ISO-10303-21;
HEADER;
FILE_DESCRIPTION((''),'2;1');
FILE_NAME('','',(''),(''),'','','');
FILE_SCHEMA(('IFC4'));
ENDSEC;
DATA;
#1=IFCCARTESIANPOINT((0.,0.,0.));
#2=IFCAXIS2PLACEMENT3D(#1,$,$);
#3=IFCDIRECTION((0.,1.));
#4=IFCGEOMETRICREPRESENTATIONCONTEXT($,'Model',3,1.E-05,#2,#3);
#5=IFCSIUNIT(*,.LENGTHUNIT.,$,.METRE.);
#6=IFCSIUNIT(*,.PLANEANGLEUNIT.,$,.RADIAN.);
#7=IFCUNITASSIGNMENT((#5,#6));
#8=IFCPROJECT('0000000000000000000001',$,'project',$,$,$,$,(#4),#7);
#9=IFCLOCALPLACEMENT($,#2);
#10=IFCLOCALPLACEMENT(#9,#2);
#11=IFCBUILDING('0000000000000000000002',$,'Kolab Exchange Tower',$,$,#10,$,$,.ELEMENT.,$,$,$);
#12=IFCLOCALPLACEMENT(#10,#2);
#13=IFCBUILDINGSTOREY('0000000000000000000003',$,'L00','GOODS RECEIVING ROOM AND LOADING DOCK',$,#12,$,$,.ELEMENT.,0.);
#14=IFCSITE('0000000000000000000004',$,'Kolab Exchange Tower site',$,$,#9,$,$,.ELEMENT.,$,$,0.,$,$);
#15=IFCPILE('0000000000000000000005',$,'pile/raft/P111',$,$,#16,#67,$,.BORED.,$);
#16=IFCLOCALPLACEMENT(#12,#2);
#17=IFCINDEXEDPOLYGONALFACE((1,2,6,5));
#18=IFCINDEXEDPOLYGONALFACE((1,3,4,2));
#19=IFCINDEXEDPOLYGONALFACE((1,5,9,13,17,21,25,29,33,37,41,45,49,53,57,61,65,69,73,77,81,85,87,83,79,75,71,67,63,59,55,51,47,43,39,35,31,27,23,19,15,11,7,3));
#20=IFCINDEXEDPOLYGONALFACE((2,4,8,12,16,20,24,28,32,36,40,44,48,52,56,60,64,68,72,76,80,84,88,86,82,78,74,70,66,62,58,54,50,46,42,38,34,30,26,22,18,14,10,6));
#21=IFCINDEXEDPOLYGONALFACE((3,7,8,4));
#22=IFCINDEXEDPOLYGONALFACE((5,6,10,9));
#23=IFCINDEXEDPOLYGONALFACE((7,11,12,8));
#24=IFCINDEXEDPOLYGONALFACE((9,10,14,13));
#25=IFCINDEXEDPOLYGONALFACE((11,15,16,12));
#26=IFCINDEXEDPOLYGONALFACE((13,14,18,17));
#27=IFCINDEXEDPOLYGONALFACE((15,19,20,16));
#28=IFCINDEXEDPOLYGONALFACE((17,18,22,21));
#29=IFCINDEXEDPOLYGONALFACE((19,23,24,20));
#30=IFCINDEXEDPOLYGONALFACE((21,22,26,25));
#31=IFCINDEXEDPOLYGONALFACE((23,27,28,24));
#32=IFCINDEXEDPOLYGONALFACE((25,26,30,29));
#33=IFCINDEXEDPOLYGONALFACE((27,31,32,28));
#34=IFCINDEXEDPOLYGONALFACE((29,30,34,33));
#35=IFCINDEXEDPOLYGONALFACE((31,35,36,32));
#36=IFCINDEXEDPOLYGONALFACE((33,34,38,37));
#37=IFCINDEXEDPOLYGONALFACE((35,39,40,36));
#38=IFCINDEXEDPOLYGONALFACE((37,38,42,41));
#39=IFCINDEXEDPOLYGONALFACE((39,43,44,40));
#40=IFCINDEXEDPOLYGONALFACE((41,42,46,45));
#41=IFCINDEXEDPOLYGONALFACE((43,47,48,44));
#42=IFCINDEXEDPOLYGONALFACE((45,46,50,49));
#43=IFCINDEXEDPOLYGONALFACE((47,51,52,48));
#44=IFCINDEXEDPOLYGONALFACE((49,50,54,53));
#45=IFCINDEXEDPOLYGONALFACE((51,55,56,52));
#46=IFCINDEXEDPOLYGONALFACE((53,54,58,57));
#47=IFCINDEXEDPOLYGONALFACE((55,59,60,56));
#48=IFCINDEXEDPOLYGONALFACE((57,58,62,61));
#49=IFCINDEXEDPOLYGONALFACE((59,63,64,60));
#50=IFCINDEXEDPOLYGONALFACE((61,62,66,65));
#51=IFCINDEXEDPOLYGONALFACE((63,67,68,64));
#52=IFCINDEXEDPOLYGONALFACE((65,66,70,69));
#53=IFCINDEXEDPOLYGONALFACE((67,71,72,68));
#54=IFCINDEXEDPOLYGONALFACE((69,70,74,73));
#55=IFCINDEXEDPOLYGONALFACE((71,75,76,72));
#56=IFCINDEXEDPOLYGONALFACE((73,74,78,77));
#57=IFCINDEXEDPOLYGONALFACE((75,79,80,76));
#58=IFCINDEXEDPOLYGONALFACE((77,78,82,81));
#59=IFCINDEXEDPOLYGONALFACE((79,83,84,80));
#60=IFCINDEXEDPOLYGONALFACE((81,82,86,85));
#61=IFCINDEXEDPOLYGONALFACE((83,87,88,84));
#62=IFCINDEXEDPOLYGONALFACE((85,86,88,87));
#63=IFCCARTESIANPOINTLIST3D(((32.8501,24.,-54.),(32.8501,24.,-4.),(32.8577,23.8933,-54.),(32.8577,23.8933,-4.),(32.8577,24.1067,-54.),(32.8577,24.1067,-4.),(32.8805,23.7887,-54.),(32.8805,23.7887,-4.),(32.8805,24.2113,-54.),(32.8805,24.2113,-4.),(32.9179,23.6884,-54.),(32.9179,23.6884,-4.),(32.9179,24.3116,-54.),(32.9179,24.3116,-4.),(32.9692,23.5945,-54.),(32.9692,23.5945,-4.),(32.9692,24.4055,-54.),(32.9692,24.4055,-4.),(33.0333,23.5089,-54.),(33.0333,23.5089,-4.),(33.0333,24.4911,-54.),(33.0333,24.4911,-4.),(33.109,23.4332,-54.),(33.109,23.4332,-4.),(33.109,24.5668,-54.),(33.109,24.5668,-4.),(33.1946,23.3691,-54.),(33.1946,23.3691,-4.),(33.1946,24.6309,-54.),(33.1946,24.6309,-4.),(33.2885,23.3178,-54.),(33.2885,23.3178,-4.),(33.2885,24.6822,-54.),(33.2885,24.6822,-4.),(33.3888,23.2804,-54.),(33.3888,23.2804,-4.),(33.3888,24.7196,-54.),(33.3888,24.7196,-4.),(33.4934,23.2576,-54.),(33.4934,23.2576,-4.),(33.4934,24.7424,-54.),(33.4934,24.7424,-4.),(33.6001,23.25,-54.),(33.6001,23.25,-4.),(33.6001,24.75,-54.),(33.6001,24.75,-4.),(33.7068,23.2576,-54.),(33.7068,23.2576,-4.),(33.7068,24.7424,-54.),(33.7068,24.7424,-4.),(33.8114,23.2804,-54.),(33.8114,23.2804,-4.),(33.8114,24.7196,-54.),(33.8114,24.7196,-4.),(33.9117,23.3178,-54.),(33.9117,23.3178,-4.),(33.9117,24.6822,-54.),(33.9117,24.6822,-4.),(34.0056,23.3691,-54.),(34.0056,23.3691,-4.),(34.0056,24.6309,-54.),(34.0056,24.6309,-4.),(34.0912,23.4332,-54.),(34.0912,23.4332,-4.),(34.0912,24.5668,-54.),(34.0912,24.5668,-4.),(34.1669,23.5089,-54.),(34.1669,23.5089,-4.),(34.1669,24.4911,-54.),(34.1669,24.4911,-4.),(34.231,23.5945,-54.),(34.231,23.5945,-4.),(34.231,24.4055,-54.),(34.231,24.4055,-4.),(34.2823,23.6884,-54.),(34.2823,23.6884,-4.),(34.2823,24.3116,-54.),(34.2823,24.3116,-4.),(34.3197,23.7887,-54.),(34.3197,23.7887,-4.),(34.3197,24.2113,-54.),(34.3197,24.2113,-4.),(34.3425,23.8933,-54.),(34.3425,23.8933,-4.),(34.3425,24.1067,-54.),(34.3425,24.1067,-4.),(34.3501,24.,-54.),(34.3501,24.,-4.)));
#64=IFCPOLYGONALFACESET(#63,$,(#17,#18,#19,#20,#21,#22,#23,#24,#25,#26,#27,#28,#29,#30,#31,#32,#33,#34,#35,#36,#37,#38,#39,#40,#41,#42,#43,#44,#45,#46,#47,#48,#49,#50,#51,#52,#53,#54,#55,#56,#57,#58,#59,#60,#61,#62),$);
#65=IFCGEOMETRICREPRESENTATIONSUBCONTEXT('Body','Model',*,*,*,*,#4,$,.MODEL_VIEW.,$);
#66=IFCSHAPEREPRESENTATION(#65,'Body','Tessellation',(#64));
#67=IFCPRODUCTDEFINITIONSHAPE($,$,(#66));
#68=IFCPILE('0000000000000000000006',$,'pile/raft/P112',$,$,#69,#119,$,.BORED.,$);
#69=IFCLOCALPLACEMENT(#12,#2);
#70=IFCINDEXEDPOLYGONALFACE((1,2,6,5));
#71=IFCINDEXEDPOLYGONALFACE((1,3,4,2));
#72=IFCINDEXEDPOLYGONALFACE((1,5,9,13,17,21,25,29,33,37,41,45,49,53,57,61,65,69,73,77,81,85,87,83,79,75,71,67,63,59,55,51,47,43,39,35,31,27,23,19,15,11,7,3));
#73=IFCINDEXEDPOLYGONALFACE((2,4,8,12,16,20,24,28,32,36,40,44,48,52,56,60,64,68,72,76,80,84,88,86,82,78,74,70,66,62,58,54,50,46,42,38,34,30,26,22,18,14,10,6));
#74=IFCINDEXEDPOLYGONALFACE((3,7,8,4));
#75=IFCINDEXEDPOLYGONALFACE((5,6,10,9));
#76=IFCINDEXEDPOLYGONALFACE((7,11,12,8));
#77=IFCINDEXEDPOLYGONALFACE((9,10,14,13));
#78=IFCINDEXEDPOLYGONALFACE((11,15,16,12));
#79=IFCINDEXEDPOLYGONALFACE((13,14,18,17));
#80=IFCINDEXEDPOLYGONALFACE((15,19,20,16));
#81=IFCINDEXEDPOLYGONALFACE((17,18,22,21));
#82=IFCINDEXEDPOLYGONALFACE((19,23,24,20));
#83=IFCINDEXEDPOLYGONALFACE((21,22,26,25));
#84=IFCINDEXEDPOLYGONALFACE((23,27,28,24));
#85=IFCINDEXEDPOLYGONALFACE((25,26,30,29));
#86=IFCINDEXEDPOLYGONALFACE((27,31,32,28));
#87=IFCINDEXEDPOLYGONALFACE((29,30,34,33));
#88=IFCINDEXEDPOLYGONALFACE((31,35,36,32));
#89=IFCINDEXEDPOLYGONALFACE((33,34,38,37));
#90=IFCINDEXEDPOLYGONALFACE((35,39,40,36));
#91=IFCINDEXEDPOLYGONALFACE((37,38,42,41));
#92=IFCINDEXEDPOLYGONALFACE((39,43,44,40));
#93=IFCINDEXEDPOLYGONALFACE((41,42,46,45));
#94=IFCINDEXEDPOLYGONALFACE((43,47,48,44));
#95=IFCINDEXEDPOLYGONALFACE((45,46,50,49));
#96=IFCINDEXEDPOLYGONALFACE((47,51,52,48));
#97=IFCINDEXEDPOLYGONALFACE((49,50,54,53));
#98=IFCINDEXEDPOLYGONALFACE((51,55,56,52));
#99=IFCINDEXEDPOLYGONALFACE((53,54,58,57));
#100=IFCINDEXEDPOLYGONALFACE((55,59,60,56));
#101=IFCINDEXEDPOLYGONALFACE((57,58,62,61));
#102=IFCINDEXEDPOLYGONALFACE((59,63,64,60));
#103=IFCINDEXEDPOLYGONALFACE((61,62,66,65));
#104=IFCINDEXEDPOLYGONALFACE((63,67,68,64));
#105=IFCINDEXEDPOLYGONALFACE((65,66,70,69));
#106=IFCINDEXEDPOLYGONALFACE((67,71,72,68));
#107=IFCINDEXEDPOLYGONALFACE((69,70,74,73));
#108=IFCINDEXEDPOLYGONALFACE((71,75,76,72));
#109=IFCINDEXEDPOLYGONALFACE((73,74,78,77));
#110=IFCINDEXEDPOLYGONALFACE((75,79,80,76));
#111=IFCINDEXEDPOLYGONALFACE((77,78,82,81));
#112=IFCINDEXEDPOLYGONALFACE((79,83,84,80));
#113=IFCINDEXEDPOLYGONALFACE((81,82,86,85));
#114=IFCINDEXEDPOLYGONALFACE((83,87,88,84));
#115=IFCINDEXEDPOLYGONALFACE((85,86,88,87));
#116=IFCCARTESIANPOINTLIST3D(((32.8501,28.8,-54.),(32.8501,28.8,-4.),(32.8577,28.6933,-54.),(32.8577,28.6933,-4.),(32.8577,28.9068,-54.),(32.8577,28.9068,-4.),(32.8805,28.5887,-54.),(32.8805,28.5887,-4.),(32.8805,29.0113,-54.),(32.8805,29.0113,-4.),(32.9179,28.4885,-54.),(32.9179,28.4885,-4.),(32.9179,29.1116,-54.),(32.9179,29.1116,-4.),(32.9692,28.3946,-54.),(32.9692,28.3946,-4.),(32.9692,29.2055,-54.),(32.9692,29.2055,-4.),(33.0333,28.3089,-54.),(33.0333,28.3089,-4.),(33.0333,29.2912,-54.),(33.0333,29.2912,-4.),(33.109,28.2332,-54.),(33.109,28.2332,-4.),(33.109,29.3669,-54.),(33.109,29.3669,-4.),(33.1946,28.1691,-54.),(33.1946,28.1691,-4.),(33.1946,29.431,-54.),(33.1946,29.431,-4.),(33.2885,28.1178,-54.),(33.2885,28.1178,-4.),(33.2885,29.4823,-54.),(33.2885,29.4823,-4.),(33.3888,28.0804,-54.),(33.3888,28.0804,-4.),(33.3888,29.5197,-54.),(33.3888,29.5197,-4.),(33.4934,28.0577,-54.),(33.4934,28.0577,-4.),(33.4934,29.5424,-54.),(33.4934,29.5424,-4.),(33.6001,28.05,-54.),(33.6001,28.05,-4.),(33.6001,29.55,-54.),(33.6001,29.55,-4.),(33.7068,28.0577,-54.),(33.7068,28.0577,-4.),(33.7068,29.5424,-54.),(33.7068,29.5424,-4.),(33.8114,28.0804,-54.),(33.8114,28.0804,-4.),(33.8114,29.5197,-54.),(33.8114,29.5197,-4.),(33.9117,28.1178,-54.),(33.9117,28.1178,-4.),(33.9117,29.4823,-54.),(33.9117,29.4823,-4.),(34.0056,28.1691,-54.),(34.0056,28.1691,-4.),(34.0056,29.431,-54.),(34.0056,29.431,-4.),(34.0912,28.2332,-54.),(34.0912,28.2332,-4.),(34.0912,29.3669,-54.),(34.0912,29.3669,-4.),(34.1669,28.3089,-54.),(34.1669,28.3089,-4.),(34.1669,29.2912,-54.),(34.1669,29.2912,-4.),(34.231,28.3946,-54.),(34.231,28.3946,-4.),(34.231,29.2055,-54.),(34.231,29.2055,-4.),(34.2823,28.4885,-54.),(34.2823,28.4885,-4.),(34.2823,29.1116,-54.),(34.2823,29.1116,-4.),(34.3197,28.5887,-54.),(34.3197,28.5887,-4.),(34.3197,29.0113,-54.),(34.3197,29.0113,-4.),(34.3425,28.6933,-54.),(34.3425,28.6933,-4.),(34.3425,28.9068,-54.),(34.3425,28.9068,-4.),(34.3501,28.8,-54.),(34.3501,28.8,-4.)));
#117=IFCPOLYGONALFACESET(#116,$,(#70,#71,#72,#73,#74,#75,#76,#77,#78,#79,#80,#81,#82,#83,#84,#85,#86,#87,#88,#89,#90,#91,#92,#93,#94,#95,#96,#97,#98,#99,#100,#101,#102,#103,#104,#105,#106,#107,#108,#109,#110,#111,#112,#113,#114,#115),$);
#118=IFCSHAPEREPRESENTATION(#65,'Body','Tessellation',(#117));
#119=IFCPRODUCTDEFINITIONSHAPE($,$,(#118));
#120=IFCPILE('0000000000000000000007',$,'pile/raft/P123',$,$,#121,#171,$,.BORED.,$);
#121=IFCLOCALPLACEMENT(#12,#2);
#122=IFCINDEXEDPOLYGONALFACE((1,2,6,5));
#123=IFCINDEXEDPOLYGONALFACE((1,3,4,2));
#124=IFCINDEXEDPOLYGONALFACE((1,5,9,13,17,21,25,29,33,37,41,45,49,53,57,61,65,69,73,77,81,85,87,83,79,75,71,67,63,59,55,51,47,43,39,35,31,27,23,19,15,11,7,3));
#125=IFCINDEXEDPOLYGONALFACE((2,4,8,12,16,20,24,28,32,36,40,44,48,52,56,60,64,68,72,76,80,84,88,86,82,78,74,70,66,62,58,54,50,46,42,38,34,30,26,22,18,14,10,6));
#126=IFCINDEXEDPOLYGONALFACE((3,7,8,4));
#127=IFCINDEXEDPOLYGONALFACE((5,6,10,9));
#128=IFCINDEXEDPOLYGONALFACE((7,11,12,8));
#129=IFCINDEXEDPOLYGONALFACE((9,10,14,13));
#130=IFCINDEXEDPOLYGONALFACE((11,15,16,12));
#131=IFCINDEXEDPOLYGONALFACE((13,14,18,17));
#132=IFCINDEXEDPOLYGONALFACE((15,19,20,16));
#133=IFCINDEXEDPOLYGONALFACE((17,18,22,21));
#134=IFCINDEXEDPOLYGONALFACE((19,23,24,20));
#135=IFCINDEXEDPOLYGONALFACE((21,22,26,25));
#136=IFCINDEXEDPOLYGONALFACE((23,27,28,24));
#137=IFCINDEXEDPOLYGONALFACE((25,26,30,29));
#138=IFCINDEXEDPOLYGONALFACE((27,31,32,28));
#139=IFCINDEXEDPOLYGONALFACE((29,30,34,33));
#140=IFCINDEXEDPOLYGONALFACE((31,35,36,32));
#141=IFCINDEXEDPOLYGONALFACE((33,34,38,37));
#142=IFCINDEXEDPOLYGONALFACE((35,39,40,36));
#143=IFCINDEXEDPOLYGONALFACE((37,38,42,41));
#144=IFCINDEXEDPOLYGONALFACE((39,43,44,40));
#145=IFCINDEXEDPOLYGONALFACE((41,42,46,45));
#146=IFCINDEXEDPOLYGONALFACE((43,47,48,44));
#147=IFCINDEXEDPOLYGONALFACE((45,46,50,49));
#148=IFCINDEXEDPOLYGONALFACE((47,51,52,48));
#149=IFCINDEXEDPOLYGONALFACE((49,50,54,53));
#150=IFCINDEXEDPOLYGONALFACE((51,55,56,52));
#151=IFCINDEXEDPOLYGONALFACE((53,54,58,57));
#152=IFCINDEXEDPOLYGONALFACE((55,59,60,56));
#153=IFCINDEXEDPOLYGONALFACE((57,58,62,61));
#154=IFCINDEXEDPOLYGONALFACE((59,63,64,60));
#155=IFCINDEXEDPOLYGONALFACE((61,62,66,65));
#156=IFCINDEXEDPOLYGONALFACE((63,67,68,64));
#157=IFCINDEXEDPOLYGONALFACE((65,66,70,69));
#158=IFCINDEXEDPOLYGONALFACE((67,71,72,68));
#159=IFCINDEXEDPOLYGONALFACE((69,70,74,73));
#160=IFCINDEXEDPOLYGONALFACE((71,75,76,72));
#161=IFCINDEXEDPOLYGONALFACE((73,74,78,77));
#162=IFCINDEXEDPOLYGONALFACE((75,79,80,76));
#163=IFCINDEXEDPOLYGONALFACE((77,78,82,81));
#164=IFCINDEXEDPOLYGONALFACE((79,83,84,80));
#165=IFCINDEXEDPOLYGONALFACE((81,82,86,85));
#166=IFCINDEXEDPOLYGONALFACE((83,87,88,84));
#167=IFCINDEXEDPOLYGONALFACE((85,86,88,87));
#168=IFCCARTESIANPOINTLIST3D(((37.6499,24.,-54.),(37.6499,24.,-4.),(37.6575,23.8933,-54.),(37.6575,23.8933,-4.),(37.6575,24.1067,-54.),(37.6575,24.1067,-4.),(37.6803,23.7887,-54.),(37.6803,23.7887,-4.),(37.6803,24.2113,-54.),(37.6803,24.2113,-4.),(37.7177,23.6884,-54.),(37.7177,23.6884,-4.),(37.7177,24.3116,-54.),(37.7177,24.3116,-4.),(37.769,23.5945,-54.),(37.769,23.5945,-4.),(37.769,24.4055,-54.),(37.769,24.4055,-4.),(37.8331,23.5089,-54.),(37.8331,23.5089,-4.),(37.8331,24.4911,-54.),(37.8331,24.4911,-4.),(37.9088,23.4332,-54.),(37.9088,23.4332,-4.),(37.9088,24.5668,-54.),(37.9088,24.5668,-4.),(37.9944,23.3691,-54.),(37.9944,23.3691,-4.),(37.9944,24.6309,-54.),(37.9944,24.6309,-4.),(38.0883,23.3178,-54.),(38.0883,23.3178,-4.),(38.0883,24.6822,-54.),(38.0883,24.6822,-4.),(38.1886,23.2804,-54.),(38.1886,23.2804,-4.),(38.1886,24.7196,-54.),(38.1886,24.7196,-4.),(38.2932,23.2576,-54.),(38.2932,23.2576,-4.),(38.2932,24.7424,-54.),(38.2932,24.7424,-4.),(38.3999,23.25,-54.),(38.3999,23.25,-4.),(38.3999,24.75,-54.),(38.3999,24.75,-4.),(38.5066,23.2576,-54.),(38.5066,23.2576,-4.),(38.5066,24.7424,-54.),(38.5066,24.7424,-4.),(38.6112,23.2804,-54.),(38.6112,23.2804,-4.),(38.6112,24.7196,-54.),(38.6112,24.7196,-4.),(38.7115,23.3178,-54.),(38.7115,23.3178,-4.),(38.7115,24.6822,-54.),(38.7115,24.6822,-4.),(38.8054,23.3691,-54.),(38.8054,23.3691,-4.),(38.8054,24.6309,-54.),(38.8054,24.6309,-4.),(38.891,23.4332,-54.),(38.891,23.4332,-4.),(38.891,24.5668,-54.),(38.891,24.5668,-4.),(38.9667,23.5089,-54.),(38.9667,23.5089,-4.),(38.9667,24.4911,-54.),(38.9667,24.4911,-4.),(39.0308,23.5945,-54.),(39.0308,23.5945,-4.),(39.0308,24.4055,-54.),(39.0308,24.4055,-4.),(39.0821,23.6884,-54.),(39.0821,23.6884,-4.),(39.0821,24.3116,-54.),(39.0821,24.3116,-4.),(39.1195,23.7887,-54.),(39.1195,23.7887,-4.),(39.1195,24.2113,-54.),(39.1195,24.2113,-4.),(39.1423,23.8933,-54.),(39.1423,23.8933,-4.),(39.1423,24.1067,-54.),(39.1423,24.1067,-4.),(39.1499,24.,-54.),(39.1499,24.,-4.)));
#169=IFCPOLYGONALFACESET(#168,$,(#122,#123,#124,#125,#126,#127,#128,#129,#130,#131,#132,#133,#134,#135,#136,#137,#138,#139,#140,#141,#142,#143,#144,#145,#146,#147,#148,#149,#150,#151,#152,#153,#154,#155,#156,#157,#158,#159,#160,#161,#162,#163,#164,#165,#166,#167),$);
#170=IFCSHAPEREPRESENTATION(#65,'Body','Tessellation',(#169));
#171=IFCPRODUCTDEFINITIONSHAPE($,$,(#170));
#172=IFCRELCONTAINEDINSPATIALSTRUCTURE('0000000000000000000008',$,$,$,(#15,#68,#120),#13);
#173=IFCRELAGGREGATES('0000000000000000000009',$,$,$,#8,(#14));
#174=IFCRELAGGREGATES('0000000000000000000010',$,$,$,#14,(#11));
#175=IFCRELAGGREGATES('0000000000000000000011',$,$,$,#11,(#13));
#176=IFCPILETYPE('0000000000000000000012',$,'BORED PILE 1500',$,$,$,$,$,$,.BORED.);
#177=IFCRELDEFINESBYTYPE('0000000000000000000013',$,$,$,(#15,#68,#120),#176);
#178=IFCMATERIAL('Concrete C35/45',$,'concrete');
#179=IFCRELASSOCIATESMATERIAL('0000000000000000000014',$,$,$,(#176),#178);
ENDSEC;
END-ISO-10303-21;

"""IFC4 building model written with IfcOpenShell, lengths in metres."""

from ifc_helpers import new_model, si_unit, direction, frame, origin, origin_2d, place, context, subcontext, project, spatial, circle, extrude, material, material_profile, profile_set, type_object, element, save


model = new_model("IFC4")

# Units and contexts
model_context = context("Model", 3, precision=1e-05, world=origin(), true_north=direction((0.0, 1.0)))
body_context = subcontext(model_context, "Body", "Model", "MODEL_VIEW")
ifc_project = project(units=[si_unit("LENGTHUNIT", "METRE"), si_unit("PLANEANGLEUNIT", "RADIAN")], contexts=[model_context])

# Site, building, storey
site_placement = place(None, origin())
site = spatial("IfcSite", under=ifc_project, at=site_placement, Name="Kolab Exchange Tower site", CompositionType="ELEMENT", RefElevation=0.0)
building_placement = place(site_placement, origin())
building = spatial("IfcBuilding", under=site, at=building_placement, Name="Kolab Exchange Tower", CompositionType="ELEMENT")
storey_placement = place(building_placement, origin())
storey = spatial("IfcBuildingStorey", under=building, at=storey_placement, Name="L00", Description="GOODS RECEIVING ROOM AND LOADING DOCK", CompositionType="ELEMENT", Elevation=0.0)

# Piles
ifc_material_1 = material(Name="Concrete C35/45", Category="concrete")
ifc_material_profile_1 = material_profile(ifc_material_1, circle(Radius=0.75, at=origin_2d()), Name="BP1500")
ifc_profile_set_1 = profile_set([ifc_material_profile_1], Name="Concrete C35/45")
pile_type = type_object("IfcPileType", Name="BORED PILE 1500", PredefinedType="BORED", material=ifc_profile_set_1)
for number, where, z_axis, x_axis, name in (
    (1, (33.6001, 24.0, -4.0), (0.0, 0.0, -1.0), (1.0, 0.0, 0.0), "pile/raft/P111"),
    (2, (33.6001, 28.8, -4.0), (0.0, 0.0, -1.0), (1.0, 0.0, 0.0), "pile/raft/P112"),
    (3, (38.3999, 24.0, -4.0), (0.0, 0.0, -1.0), (1.0, 0.0, 0.0), "pile/raft/P123"),
):
    element("IfcPile", number, at=place(storey_placement, frame(where, z_axis=z_axis, x_axis=x_axis)), inside=storey, type_object=pile_type, Name=name, PredefinedType="BORED", context=body_context, shape_type="SweptSolid", body=[
        extrude(circle(Radius=0.75, at=origin_2d()), origin(), (0.0, 0.0, 1.0), 50.0),
    ])

save(model, "model.ifc")
